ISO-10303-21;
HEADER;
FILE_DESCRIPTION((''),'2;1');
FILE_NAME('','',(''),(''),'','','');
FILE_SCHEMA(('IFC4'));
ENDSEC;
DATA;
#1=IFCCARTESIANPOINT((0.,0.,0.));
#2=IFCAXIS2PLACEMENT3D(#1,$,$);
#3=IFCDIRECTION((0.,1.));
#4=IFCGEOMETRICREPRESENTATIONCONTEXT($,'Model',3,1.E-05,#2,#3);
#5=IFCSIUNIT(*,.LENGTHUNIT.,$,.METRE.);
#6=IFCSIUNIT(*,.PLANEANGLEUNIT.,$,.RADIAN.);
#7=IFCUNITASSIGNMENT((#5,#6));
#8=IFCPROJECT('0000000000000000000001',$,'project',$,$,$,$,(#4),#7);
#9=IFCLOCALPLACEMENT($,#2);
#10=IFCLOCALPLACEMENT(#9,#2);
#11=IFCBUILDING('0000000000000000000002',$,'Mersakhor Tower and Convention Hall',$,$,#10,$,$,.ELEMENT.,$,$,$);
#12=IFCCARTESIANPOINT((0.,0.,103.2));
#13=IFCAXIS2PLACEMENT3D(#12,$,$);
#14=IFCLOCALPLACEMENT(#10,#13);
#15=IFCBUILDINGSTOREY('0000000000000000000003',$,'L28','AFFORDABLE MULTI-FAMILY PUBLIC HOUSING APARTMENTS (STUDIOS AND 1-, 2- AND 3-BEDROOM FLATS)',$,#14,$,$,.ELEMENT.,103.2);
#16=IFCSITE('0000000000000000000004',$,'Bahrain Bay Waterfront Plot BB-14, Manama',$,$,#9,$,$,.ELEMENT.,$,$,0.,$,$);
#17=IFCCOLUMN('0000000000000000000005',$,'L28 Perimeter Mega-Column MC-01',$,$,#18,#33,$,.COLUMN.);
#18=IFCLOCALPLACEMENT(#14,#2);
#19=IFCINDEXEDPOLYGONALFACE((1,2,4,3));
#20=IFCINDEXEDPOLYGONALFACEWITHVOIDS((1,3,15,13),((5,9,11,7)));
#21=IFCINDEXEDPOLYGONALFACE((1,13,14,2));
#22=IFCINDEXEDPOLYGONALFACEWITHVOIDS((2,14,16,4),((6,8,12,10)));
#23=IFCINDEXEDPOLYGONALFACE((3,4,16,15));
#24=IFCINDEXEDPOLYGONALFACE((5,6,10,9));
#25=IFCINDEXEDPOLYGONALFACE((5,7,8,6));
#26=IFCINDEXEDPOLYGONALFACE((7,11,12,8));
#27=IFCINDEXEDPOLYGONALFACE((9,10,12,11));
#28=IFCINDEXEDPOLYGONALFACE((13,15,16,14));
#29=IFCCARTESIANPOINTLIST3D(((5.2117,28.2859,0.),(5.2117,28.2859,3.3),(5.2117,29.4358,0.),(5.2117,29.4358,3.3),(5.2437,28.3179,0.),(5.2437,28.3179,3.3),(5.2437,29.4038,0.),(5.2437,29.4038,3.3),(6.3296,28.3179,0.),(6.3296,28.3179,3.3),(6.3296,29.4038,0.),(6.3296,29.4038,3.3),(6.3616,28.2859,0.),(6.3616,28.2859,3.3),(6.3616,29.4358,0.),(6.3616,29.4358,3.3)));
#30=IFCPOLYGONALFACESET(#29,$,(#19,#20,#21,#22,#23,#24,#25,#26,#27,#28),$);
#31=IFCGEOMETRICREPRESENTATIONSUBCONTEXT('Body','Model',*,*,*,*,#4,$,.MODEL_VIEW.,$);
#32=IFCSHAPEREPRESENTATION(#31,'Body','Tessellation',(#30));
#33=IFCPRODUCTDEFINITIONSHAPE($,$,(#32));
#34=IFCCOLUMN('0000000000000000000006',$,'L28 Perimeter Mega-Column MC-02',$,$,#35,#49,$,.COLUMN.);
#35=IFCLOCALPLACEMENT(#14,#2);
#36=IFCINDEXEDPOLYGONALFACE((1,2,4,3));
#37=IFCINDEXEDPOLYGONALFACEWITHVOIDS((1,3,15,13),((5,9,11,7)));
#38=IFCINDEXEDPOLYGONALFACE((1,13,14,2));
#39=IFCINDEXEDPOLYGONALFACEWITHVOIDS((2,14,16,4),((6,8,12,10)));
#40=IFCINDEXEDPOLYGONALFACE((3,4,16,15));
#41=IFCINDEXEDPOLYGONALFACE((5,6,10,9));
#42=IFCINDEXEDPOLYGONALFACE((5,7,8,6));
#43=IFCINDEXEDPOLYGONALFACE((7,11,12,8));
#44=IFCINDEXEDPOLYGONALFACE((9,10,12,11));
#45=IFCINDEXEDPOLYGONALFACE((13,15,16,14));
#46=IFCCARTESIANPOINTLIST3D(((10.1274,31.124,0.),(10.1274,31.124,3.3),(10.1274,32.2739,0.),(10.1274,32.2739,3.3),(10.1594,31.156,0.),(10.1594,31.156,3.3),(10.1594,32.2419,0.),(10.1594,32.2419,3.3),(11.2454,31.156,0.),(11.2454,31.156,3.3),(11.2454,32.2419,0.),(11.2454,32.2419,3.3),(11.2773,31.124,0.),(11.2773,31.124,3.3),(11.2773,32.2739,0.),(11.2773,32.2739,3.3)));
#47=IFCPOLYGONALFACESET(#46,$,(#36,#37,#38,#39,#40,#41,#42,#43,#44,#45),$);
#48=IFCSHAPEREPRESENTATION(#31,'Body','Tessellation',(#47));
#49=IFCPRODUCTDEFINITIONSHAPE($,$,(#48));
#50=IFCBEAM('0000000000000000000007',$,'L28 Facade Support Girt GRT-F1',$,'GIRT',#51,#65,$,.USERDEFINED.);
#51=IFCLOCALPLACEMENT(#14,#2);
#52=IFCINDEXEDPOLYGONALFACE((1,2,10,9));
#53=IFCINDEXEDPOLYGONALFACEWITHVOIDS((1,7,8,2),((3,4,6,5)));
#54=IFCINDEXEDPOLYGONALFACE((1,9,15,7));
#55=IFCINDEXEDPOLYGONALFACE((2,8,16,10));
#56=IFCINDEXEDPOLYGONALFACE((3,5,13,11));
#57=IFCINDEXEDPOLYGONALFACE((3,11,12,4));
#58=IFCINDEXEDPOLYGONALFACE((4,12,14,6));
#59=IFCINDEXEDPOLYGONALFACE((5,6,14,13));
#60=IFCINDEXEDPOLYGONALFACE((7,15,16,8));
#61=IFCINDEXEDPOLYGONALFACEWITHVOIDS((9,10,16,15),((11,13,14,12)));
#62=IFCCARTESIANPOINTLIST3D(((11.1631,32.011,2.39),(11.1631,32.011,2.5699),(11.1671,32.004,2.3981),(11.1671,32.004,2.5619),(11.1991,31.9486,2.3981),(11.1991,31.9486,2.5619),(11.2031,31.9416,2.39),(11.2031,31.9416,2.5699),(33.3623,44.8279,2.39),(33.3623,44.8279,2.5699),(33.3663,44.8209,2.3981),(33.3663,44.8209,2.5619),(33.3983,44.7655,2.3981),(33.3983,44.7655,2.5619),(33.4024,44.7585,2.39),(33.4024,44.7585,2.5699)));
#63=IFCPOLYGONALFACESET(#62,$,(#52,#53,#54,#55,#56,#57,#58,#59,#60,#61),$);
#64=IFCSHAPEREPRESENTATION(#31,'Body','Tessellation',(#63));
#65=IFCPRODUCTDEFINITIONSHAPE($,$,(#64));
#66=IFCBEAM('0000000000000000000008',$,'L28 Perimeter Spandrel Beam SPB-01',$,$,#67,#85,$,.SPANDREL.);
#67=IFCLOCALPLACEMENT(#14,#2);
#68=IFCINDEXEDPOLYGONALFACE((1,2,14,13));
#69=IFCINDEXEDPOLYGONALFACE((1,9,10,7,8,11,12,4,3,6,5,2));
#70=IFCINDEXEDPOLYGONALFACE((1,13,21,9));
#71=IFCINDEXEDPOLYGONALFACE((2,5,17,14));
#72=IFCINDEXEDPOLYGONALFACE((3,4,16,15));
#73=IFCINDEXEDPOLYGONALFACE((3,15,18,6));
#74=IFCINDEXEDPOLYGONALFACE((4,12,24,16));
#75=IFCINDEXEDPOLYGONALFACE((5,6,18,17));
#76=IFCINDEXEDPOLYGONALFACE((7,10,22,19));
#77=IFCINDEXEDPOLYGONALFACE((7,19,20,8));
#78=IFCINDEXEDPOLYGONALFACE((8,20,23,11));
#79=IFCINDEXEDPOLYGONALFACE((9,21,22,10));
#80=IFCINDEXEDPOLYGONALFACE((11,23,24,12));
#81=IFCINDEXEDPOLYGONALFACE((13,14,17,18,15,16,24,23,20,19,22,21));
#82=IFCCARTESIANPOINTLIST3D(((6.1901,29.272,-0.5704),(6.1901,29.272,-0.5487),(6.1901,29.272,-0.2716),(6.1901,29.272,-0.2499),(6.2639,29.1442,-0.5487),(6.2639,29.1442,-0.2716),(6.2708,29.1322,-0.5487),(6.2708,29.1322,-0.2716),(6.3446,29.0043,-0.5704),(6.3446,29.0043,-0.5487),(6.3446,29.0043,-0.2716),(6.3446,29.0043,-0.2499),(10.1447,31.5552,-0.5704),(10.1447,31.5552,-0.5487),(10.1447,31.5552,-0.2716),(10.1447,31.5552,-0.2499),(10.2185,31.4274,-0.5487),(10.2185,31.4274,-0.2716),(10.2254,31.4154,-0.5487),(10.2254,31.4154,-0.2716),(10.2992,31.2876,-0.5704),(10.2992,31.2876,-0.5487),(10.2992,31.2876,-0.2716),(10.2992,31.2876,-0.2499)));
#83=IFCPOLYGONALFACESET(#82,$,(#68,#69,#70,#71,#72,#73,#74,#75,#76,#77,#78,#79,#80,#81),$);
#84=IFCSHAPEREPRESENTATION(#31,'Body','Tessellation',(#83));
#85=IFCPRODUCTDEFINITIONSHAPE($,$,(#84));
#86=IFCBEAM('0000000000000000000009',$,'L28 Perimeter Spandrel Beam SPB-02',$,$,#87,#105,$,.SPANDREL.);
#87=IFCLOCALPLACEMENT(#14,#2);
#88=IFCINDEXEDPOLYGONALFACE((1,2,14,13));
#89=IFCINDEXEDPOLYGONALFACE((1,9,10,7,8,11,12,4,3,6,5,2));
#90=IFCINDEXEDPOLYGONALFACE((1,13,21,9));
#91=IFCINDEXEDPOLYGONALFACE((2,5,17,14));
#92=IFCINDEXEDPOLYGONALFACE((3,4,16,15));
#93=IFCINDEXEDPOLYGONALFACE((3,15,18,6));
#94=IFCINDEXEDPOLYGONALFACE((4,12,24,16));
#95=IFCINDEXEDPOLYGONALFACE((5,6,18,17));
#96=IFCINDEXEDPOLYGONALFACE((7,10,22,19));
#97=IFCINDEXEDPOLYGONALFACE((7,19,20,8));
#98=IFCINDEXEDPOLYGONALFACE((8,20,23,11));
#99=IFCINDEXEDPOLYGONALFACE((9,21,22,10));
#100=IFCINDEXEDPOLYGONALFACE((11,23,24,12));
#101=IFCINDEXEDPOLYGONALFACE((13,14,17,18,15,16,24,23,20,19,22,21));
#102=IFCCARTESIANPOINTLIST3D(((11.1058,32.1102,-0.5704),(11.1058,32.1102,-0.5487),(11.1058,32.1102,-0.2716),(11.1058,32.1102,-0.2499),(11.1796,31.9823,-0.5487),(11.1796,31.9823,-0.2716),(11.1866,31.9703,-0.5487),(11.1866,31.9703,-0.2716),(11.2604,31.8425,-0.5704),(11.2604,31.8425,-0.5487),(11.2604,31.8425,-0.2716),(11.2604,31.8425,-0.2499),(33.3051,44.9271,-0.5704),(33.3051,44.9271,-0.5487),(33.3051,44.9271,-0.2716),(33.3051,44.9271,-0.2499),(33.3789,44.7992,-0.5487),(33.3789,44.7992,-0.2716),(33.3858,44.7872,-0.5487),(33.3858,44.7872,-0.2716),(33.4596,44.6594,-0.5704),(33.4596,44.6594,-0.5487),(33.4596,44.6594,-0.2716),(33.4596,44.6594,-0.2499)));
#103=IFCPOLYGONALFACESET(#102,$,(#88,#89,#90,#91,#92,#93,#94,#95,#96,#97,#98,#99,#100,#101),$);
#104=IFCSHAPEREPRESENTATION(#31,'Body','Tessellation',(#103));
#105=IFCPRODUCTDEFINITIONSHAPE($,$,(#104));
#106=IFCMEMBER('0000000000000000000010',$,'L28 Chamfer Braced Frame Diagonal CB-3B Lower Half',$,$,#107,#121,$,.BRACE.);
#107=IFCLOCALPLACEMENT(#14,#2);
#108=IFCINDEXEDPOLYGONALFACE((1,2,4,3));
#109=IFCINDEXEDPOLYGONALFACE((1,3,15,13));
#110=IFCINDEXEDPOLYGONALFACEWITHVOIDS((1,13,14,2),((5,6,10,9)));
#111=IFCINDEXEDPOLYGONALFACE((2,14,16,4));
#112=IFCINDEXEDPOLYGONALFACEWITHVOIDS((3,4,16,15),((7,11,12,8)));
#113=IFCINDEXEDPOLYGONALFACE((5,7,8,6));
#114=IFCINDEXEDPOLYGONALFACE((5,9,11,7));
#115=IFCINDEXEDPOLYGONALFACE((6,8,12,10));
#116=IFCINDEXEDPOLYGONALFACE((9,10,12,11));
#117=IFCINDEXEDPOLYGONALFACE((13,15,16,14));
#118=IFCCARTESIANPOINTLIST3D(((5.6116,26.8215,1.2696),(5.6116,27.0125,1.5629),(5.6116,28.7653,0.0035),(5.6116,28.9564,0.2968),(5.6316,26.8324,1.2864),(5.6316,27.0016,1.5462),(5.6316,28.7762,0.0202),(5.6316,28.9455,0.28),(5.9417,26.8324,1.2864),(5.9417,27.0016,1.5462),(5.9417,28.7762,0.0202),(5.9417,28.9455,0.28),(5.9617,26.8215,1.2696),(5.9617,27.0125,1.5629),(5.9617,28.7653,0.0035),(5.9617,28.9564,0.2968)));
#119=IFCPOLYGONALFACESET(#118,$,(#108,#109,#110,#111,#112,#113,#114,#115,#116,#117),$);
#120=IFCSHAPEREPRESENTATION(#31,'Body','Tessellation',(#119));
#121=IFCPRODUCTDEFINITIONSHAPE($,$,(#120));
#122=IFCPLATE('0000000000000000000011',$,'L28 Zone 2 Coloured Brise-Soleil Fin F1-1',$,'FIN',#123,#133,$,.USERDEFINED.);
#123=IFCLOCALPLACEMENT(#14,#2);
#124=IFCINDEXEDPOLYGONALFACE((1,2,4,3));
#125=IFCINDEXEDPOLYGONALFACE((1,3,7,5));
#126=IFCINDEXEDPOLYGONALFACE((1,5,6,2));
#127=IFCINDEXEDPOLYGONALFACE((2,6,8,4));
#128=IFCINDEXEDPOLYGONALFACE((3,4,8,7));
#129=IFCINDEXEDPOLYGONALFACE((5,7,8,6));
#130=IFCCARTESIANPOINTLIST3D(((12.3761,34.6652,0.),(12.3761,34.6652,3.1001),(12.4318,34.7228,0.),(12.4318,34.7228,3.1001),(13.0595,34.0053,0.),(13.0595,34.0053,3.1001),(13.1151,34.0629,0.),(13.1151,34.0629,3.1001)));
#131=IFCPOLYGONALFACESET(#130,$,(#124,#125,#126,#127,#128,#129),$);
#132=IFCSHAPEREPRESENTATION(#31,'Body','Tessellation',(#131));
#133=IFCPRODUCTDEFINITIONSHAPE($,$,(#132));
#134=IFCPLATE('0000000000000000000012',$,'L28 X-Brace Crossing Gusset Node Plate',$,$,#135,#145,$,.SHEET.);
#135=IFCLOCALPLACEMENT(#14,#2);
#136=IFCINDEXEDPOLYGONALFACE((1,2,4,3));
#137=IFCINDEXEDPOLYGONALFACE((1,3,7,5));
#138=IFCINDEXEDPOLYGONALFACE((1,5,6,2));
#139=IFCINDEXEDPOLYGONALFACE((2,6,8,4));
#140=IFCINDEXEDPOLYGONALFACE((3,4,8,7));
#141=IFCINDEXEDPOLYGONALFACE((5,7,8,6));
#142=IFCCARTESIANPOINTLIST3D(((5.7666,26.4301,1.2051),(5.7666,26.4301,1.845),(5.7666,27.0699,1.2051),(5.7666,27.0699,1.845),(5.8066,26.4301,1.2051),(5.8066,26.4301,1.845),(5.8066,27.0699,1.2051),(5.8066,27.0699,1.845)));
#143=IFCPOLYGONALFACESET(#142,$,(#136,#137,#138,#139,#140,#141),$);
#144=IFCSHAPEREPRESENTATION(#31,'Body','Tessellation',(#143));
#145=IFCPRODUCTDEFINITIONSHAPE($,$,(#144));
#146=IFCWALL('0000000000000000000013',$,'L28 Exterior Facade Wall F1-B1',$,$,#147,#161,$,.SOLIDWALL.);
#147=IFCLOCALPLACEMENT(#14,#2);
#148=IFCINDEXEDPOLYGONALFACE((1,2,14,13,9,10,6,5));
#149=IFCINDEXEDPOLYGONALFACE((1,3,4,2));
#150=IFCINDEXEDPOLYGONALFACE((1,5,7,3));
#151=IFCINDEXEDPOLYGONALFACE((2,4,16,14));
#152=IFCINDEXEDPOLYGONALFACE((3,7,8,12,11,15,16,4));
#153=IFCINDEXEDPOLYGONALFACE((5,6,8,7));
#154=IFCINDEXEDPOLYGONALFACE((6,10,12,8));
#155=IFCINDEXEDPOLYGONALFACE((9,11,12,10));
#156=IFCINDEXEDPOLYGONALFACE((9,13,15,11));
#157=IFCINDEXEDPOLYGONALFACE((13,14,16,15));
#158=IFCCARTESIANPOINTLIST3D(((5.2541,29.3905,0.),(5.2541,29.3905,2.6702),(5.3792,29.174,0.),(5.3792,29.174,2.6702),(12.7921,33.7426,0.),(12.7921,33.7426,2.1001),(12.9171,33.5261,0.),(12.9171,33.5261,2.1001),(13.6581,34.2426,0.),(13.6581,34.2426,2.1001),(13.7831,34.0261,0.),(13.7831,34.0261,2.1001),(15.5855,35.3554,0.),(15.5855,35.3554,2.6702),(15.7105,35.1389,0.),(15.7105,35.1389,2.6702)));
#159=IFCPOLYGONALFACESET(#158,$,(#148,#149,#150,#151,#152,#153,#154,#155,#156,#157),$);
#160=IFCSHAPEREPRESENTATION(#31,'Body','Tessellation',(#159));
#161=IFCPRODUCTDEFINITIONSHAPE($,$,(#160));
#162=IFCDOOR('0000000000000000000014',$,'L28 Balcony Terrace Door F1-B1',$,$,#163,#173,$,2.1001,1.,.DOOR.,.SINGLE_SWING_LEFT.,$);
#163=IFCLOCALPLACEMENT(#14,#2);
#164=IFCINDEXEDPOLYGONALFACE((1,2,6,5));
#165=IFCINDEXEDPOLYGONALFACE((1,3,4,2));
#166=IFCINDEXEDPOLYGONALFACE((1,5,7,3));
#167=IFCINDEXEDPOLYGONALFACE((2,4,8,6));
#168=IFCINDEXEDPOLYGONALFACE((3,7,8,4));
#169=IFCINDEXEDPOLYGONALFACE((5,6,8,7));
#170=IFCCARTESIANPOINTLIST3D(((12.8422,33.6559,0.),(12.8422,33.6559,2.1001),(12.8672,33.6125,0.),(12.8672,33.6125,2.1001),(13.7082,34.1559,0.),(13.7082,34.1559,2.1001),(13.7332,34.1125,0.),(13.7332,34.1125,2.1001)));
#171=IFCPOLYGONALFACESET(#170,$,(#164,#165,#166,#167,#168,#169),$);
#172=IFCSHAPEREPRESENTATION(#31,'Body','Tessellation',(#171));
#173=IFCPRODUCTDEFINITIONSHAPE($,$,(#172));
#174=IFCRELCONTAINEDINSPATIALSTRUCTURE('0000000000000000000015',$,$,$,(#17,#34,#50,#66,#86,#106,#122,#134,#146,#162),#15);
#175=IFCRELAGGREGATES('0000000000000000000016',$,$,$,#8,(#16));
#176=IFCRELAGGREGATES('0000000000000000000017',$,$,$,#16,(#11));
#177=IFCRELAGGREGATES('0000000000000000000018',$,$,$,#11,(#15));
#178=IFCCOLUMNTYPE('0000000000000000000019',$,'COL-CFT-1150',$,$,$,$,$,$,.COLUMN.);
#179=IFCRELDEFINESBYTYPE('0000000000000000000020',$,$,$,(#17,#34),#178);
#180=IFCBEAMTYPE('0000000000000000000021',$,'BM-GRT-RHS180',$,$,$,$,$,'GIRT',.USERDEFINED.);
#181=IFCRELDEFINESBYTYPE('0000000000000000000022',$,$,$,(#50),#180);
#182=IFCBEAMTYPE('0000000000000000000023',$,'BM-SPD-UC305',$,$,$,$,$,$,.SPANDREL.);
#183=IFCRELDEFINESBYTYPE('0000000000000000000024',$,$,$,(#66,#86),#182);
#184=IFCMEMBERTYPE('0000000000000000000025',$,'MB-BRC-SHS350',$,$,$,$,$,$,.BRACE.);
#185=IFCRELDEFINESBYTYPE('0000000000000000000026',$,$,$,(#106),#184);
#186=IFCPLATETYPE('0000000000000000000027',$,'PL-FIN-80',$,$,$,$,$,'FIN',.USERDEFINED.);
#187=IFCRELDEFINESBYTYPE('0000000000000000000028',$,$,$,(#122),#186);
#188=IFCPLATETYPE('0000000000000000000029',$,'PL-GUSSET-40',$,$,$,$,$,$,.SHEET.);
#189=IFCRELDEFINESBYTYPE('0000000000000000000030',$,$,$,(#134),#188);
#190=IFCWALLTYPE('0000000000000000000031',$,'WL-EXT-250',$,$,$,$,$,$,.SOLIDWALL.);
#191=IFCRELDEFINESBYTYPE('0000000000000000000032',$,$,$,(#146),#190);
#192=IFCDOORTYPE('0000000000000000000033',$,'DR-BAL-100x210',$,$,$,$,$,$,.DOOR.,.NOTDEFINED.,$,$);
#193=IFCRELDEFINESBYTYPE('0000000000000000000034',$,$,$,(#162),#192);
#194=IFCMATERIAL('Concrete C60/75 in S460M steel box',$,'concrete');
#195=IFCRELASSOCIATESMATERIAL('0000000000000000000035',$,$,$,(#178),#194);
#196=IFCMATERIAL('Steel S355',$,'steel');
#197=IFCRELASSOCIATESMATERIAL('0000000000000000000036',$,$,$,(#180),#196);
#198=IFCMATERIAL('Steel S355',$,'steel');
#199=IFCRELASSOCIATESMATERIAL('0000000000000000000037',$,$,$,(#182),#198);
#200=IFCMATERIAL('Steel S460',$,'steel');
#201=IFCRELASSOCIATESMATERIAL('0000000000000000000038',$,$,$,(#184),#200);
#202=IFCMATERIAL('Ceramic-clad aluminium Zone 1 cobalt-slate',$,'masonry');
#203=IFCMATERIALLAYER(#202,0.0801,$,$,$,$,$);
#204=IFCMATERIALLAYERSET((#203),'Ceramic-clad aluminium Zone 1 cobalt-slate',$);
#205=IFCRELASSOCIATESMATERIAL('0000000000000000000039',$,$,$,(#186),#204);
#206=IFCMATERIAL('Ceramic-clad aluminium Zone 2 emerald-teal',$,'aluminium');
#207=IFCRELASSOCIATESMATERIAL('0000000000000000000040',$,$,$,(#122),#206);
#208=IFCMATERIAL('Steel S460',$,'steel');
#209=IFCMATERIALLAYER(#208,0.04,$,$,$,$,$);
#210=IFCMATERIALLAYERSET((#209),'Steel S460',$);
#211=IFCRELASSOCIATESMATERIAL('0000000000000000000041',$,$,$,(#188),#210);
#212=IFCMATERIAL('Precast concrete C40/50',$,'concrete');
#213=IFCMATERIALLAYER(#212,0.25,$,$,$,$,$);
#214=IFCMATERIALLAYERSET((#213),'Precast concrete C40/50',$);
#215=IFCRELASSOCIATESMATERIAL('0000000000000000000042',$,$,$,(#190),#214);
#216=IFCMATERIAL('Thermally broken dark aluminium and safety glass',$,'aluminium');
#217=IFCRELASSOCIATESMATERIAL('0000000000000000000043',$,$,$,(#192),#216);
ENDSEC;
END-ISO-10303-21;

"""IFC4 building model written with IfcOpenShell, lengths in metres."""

from ifc_helpers import new_model, si_unit, direction, frame, frame_2d, origin, origin_2d, place, context, subcontext, project, spatial, rectangle, hollow_rectangle, i_section, extrude, material, layer, layer_set, material_profile, profile_set, type_object, element, fill, save


model = new_model("IFC4")

# Units and contexts
model_context = context("Model", 3, precision=1e-05, world=origin(), true_north=direction((0.0, 1.0)))
body_context = subcontext(model_context, "Body", "Model", "MODEL_VIEW")
ifc_project = project(units=[si_unit("LENGTHUNIT", "METRE"), si_unit("PLANEANGLEUNIT", "RADIAN")], contexts=[model_context])

# Site, building, storey
site_placement = place(None, origin())
site = spatial("IfcSite", under=ifc_project, at=site_placement, Name="Bahrain Bay Waterfront Plot BB-14, Manama", CompositionType="ELEMENT", RefElevation=0.0)
building_placement = place(site_placement, origin())
building = spatial("IfcBuilding", under=site, at=building_placement, Name="Mersakhor Tower and Convention Hall", CompositionType="ELEMENT")
storey_placement = place(building_placement, frame((0.0, 0.0, 103.2)))
storey = spatial("IfcBuildingStorey", under=building, at=storey_placement, Name="L28", Description="AFFORDABLE MULTI-FAMILY PUBLIC HOUSING APARTMENTS (STUDIOS AND 1-, 2- AND 3-BEDROOM FLATS)", CompositionType="ELEMENT", Elevation=103.2)

# Columns
ifc_material_1 = material(Name="Concrete C60/75 in S460M steel box", Category="concrete")
ifc_material_profile_1 = material_profile(ifc_material_1, hollow_rectangle(XDim=1.1499, YDim=1.1499, WallThickness=0.032, at=origin_2d()), Name="SHS 1150x1150x32")
ifc_profile_set_1 = profile_set([ifc_material_profile_1], Name="Concrete C60/75 in S460M steel box")
column_type = type_object("IfcColumnType", Name="COL-CFT-1150", PredefinedType="COLUMN", material=ifc_profile_set_1)
for number, where, z_axis, x_axis, name in (
    (1, (5.7866, 28.8608, 0.0), (0.0, 0.0, 1.0), (1.0, 0.0, 0.0), "L28 Perimeter Mega-Column MC-01"),
    (2, (10.7024, 31.699, 0.0), (0.0, 0.0, 1.0), (1.0, 0.0, 0.0), "L28 Perimeter Mega-Column MC-02"),
):
    element("IfcColumn", number, at=place(storey_placement, frame(where, z_axis=z_axis, x_axis=x_axis)), inside=storey, type_object=column_type, Name=name, PredefinedType="COLUMN", context=body_context, shape_type="SweptSolid", body=[
        extrude(hollow_rectangle(XDim=1.1499, YDim=1.1499, WallThickness=0.032, at=origin_2d()), origin(), (0.0, 0.0, 1.0), 3.3),
    ])

# Beams
ifc_material_2 = material(Name="Steel S355", Category="steel")
ifc_material_profile_2 = material_profile(ifc_material_2, hollow_rectangle(XDim=0.0801, YDim=0.1799, WallThickness=0.0081, at=origin_2d()), Name="RHS 180x80x8")
ifc_profile_set_2 = profile_set([ifc_material_profile_2], Name="Steel S355")
beam_type_1 = type_object("IfcBeamType", Name="BM-GRT-RHS180", ElementType="GIRT", PredefinedType="USERDEFINED", material=ifc_profile_set_2)
beam_1_placement = place(storey_placement, frame((11.1831, 31.9763, 2.48), z_axis=(0.866023, 0.500005, 0.0), x_axis=(-0.500005, 0.866023, 0.0)))
element("IfcBeam", 3, at=beam_1_placement, inside=storey, type_object=beam_type_1, Name="L28 Facade Support Girt GRT-F1", ObjectType="GIRT", PredefinedType="USERDEFINED", context=body_context, shape_type="SweptSolid", body=[
    extrude(hollow_rectangle(XDim=0.0801, YDim=0.1799, WallThickness=0.0081, at=origin_2d()), origin(), (0.0, 0.0, 1.0), 25.6335),
])
ifc_material_3 = material(Name="Steel S355", Category="steel")
ifc_material_profile_3 = material_profile(ifc_material_3, i_section(OverallWidth=0.3091, OverallDepth=0.3206, WebThickness=0.0139, FlangeThickness=0.0217, at=origin_2d()), Name="UC 305x305x137")
ifc_profile_set_3 = profile_set([ifc_material_profile_3], Name="Steel S355")
beam_type_2 = type_object("IfcBeamType", Name="BM-SPD-UC305", PredefinedType="SPANDREL", material=ifc_profile_set_3)
beam_2_placement = place(storey_placement, frame((6.2673, 29.1382, -0.4102), z_axis=(0.866024, 0.500003, 0.0), x_axis=(-0.500003, 0.866024, 0.0)))
element("IfcBeam", 4, at=beam_2_placement, inside=storey, type_object=beam_type_2, Name="L28 Perimeter Spandrel Beam SPB-01", PredefinedType="SPANDREL", context=body_context, shape_type="SweptSolid", body=[
    extrude(i_section(OverallWidth=0.3091, OverallDepth=0.3206, WebThickness=0.0139, FlangeThickness=0.0217, at=origin_2d()), origin(), (0.0, 0.0, 1.0), 4.5664),
])
beam_3_placement = place(storey_placement, frame((11.1831, 31.9763, -0.4102), z_axis=(0.866023, 0.500005, 0.0), x_axis=(-0.500005, 0.866023, 0.0)))
element("IfcBeam", 5, at=beam_3_placement, inside=storey, type_object=beam_type_2, Name="L28 Perimeter Spandrel Beam SPB-02", PredefinedType="SPANDREL", context=body_context, shape_type="SweptSolid", body=[
    extrude(i_section(OverallWidth=0.3091, OverallDepth=0.3206, WebThickness=0.0139, FlangeThickness=0.0217, at=origin_2d()), origin(), (0.0, 0.0, 1.0), 25.6335),
])

# Member
ifc_material_4 = material(Name="Steel S460", Category="steel")
ifc_material_profile_4 = material_profile(ifc_material_4, hollow_rectangle(XDim=0.3501, YDim=0.3501, WallThickness=0.02, at=origin_2d()), Name="SHS 350x350x20")
ifc_profile_set_4 = profile_set([ifc_material_profile_4], Name="Steel S460")
member_type = type_object("IfcMemberType", Name="MB-BRC-SHS350", PredefinedType="BRACE", material=ifc_profile_set_4)
member_placement = place(storey_placement, frame((5.7866, 28.8608, 0.1501), z_axis=(0.0, -0.837929, 0.54578), x_axis=(1.0, 0.0, 0.0)))
element("IfcMember", 6, at=member_placement, inside=storey, type_object=member_type, Name="L28 Chamfer Braced Frame Diagonal CB-3B Lower Half", PredefinedType="BRACE", context=body_context, shape_type="SweptSolid", body=[
    extrude(hollow_rectangle(XDim=0.3501, YDim=0.3501, WallThickness=0.02, at=origin_2d()), origin(), (0.0, 0.0, 1.0), 2.3198),
])

# Plates
ifc_material_5 = material(Name="Ceramic-clad aluminium Zone 2 emerald-teal", Category="aluminium")
ifc_material_6 = material(Name="Ceramic-clad aluminium Zone 1 cobalt-slate", Category="masonry")
ifc_layer_1 = layer(ifc_material_6, 0.0801)
ifc_layer_set_1 = layer_set([ifc_layer_1], Name="Ceramic-clad aluminium Zone 1 cobalt-slate")
plate_type_1 = type_object("IfcPlateType", Name="PL-FIN-80", ElementType="FIN", PredefinedType="USERDEFINED", material=ifc_layer_set_1)
plate_1_placement = place(storey_placement, frame((12.7456, 34.364, 0.0), z_axis=(0.0, 0.0, 1.0), x_axis=(-0.71934, 0.694658, 0.0)))
element("IfcPlate", 7, at=plate_1_placement, inside=storey, type_object=plate_type_1, material=ifc_material_5, Name="L28 Zone 2 Coloured Brise-Soleil Fin F1-1", ObjectType="FIN", PredefinedType="USERDEFINED", context=body_context, shape_type="SweptSolid", body=[
    extrude(rectangle(XDim=0.95, YDim=0.0801, at=origin_2d()), origin(), (0.0, 0.0, 1.0), 3.1001),
])
ifc_material_7 = material(Name="Steel S460", Category="steel")
ifc_layer_2 = layer(ifc_material_7, 0.04)
ifc_layer_set_2 = layer_set([ifc_layer_2], Name="Steel S460")
plate_type_2 = type_object("IfcPlateType", Name="PL-GUSSET-40", PredefinedType="SHEET", material=ifc_layer_set_2)
plate_2_placement = place(storey_placement, frame((5.7866, 26.75, 1.2051), z_axis=(0.0, 0.0, 1.0), x_axis=(0.0, -1.0, 0.0)))
element("IfcPlate", 8, at=plate_2_placement, inside=storey, type_object=plate_type_2, Name="L28 X-Brace Crossing Gusset Node Plate", PredefinedType="SHEET", context=body_context, shape_type="SweptSolid", body=[
    extrude(rectangle(XDim=0.6399, YDim=0.04, at=origin_2d()), origin(), (0.0, 0.0, 1.0), 0.6399),
])

# Wall, opening, door
ifc_material_8 = material(Name="Precast concrete C40/50", Category="concrete")
ifc_layer_3 = layer(ifc_material_8, 0.25)
ifc_layer_set_3 = layer_set([ifc_layer_3], Name="Precast concrete C40/50")
wall_type_1 = type_object("IfcWallType", Name="WL-EXT-250", PredefinedType="SOLIDWALL", material=ifc_layer_set_3)
wall_1_placement = place(storey_placement, frame((5.3167, 29.2822, 0.0), z_axis=(0.0, 0.0, 1.0), x_axis=(0.866023, 0.500004, 0.0)))
wall_1 = element("IfcWall", 9, at=wall_1_placement, inside=storey, type_object=wall_type_1, Name="L28 Exterior Facade Wall F1-B1", PredefinedType="SOLIDWALL", context=body_context, shape_type="SweptSolid", body=[
    extrude(rectangle(XDim=11.9297, YDim=0.25, at=frame_2d((5.9648, 0.0))), origin(), (0.0, 0.0, 1.0), 2.6702),
])
opening_1_placement = place(wall_1_placement, frame((8.7041, 0.0, 0.0)))
opening_1 = element("IfcOpeningElement", 10, at=opening_1_placement, cuts=wall_1, PredefinedType="OPENING", context=body_context, shape_type="SweptSolid", body=[
    extrude(rectangle(XDim=1.0, YDim=2.1001, at=frame_2d((0.5, 1.05))), frame((0.0, 0.135, 0.0), z_axis=(0.0, -1.0, 0.0), x_axis=(1.0, 0.0, 0.0)), (0.0, 0.0, 1.0), 0.27),
])
ifc_material_9 = material(Name="Thermally broken dark aluminium and safety glass", Category="aluminium")
door_type_1 = type_object("IfcDoorType", Name="DR-BAL-100x210", OperationType="NOTDEFINED", PredefinedType="DOOR", material=ifc_material_9)
door_1_placement = place(opening_1_placement, origin())
door_1 = element("IfcDoor", 11, at=door_1_placement, inside=storey, type_object=door_type_1, Name="L28 Balcony Terrace Door F1-B1", OperationType="SINGLE_SWING_LEFT", OverallHeight=2.1001, OverallWidth=1.0, PredefinedType="DOOR", context=body_context, shape_type="SweptSolid", body=[
    extrude(rectangle(XDim=1.0, YDim=2.1001, at=frame_2d((0.5, 1.05))), frame((0.0, 0.0249, 0.0), z_axis=(0.0, -1.0, 0.0), x_axis=(1.0, 0.0, 0.0)), (0.0, 0.0, 1.0), 0.05),
])
fill(opening_1, door_1)

save(model, "model.ifc")
